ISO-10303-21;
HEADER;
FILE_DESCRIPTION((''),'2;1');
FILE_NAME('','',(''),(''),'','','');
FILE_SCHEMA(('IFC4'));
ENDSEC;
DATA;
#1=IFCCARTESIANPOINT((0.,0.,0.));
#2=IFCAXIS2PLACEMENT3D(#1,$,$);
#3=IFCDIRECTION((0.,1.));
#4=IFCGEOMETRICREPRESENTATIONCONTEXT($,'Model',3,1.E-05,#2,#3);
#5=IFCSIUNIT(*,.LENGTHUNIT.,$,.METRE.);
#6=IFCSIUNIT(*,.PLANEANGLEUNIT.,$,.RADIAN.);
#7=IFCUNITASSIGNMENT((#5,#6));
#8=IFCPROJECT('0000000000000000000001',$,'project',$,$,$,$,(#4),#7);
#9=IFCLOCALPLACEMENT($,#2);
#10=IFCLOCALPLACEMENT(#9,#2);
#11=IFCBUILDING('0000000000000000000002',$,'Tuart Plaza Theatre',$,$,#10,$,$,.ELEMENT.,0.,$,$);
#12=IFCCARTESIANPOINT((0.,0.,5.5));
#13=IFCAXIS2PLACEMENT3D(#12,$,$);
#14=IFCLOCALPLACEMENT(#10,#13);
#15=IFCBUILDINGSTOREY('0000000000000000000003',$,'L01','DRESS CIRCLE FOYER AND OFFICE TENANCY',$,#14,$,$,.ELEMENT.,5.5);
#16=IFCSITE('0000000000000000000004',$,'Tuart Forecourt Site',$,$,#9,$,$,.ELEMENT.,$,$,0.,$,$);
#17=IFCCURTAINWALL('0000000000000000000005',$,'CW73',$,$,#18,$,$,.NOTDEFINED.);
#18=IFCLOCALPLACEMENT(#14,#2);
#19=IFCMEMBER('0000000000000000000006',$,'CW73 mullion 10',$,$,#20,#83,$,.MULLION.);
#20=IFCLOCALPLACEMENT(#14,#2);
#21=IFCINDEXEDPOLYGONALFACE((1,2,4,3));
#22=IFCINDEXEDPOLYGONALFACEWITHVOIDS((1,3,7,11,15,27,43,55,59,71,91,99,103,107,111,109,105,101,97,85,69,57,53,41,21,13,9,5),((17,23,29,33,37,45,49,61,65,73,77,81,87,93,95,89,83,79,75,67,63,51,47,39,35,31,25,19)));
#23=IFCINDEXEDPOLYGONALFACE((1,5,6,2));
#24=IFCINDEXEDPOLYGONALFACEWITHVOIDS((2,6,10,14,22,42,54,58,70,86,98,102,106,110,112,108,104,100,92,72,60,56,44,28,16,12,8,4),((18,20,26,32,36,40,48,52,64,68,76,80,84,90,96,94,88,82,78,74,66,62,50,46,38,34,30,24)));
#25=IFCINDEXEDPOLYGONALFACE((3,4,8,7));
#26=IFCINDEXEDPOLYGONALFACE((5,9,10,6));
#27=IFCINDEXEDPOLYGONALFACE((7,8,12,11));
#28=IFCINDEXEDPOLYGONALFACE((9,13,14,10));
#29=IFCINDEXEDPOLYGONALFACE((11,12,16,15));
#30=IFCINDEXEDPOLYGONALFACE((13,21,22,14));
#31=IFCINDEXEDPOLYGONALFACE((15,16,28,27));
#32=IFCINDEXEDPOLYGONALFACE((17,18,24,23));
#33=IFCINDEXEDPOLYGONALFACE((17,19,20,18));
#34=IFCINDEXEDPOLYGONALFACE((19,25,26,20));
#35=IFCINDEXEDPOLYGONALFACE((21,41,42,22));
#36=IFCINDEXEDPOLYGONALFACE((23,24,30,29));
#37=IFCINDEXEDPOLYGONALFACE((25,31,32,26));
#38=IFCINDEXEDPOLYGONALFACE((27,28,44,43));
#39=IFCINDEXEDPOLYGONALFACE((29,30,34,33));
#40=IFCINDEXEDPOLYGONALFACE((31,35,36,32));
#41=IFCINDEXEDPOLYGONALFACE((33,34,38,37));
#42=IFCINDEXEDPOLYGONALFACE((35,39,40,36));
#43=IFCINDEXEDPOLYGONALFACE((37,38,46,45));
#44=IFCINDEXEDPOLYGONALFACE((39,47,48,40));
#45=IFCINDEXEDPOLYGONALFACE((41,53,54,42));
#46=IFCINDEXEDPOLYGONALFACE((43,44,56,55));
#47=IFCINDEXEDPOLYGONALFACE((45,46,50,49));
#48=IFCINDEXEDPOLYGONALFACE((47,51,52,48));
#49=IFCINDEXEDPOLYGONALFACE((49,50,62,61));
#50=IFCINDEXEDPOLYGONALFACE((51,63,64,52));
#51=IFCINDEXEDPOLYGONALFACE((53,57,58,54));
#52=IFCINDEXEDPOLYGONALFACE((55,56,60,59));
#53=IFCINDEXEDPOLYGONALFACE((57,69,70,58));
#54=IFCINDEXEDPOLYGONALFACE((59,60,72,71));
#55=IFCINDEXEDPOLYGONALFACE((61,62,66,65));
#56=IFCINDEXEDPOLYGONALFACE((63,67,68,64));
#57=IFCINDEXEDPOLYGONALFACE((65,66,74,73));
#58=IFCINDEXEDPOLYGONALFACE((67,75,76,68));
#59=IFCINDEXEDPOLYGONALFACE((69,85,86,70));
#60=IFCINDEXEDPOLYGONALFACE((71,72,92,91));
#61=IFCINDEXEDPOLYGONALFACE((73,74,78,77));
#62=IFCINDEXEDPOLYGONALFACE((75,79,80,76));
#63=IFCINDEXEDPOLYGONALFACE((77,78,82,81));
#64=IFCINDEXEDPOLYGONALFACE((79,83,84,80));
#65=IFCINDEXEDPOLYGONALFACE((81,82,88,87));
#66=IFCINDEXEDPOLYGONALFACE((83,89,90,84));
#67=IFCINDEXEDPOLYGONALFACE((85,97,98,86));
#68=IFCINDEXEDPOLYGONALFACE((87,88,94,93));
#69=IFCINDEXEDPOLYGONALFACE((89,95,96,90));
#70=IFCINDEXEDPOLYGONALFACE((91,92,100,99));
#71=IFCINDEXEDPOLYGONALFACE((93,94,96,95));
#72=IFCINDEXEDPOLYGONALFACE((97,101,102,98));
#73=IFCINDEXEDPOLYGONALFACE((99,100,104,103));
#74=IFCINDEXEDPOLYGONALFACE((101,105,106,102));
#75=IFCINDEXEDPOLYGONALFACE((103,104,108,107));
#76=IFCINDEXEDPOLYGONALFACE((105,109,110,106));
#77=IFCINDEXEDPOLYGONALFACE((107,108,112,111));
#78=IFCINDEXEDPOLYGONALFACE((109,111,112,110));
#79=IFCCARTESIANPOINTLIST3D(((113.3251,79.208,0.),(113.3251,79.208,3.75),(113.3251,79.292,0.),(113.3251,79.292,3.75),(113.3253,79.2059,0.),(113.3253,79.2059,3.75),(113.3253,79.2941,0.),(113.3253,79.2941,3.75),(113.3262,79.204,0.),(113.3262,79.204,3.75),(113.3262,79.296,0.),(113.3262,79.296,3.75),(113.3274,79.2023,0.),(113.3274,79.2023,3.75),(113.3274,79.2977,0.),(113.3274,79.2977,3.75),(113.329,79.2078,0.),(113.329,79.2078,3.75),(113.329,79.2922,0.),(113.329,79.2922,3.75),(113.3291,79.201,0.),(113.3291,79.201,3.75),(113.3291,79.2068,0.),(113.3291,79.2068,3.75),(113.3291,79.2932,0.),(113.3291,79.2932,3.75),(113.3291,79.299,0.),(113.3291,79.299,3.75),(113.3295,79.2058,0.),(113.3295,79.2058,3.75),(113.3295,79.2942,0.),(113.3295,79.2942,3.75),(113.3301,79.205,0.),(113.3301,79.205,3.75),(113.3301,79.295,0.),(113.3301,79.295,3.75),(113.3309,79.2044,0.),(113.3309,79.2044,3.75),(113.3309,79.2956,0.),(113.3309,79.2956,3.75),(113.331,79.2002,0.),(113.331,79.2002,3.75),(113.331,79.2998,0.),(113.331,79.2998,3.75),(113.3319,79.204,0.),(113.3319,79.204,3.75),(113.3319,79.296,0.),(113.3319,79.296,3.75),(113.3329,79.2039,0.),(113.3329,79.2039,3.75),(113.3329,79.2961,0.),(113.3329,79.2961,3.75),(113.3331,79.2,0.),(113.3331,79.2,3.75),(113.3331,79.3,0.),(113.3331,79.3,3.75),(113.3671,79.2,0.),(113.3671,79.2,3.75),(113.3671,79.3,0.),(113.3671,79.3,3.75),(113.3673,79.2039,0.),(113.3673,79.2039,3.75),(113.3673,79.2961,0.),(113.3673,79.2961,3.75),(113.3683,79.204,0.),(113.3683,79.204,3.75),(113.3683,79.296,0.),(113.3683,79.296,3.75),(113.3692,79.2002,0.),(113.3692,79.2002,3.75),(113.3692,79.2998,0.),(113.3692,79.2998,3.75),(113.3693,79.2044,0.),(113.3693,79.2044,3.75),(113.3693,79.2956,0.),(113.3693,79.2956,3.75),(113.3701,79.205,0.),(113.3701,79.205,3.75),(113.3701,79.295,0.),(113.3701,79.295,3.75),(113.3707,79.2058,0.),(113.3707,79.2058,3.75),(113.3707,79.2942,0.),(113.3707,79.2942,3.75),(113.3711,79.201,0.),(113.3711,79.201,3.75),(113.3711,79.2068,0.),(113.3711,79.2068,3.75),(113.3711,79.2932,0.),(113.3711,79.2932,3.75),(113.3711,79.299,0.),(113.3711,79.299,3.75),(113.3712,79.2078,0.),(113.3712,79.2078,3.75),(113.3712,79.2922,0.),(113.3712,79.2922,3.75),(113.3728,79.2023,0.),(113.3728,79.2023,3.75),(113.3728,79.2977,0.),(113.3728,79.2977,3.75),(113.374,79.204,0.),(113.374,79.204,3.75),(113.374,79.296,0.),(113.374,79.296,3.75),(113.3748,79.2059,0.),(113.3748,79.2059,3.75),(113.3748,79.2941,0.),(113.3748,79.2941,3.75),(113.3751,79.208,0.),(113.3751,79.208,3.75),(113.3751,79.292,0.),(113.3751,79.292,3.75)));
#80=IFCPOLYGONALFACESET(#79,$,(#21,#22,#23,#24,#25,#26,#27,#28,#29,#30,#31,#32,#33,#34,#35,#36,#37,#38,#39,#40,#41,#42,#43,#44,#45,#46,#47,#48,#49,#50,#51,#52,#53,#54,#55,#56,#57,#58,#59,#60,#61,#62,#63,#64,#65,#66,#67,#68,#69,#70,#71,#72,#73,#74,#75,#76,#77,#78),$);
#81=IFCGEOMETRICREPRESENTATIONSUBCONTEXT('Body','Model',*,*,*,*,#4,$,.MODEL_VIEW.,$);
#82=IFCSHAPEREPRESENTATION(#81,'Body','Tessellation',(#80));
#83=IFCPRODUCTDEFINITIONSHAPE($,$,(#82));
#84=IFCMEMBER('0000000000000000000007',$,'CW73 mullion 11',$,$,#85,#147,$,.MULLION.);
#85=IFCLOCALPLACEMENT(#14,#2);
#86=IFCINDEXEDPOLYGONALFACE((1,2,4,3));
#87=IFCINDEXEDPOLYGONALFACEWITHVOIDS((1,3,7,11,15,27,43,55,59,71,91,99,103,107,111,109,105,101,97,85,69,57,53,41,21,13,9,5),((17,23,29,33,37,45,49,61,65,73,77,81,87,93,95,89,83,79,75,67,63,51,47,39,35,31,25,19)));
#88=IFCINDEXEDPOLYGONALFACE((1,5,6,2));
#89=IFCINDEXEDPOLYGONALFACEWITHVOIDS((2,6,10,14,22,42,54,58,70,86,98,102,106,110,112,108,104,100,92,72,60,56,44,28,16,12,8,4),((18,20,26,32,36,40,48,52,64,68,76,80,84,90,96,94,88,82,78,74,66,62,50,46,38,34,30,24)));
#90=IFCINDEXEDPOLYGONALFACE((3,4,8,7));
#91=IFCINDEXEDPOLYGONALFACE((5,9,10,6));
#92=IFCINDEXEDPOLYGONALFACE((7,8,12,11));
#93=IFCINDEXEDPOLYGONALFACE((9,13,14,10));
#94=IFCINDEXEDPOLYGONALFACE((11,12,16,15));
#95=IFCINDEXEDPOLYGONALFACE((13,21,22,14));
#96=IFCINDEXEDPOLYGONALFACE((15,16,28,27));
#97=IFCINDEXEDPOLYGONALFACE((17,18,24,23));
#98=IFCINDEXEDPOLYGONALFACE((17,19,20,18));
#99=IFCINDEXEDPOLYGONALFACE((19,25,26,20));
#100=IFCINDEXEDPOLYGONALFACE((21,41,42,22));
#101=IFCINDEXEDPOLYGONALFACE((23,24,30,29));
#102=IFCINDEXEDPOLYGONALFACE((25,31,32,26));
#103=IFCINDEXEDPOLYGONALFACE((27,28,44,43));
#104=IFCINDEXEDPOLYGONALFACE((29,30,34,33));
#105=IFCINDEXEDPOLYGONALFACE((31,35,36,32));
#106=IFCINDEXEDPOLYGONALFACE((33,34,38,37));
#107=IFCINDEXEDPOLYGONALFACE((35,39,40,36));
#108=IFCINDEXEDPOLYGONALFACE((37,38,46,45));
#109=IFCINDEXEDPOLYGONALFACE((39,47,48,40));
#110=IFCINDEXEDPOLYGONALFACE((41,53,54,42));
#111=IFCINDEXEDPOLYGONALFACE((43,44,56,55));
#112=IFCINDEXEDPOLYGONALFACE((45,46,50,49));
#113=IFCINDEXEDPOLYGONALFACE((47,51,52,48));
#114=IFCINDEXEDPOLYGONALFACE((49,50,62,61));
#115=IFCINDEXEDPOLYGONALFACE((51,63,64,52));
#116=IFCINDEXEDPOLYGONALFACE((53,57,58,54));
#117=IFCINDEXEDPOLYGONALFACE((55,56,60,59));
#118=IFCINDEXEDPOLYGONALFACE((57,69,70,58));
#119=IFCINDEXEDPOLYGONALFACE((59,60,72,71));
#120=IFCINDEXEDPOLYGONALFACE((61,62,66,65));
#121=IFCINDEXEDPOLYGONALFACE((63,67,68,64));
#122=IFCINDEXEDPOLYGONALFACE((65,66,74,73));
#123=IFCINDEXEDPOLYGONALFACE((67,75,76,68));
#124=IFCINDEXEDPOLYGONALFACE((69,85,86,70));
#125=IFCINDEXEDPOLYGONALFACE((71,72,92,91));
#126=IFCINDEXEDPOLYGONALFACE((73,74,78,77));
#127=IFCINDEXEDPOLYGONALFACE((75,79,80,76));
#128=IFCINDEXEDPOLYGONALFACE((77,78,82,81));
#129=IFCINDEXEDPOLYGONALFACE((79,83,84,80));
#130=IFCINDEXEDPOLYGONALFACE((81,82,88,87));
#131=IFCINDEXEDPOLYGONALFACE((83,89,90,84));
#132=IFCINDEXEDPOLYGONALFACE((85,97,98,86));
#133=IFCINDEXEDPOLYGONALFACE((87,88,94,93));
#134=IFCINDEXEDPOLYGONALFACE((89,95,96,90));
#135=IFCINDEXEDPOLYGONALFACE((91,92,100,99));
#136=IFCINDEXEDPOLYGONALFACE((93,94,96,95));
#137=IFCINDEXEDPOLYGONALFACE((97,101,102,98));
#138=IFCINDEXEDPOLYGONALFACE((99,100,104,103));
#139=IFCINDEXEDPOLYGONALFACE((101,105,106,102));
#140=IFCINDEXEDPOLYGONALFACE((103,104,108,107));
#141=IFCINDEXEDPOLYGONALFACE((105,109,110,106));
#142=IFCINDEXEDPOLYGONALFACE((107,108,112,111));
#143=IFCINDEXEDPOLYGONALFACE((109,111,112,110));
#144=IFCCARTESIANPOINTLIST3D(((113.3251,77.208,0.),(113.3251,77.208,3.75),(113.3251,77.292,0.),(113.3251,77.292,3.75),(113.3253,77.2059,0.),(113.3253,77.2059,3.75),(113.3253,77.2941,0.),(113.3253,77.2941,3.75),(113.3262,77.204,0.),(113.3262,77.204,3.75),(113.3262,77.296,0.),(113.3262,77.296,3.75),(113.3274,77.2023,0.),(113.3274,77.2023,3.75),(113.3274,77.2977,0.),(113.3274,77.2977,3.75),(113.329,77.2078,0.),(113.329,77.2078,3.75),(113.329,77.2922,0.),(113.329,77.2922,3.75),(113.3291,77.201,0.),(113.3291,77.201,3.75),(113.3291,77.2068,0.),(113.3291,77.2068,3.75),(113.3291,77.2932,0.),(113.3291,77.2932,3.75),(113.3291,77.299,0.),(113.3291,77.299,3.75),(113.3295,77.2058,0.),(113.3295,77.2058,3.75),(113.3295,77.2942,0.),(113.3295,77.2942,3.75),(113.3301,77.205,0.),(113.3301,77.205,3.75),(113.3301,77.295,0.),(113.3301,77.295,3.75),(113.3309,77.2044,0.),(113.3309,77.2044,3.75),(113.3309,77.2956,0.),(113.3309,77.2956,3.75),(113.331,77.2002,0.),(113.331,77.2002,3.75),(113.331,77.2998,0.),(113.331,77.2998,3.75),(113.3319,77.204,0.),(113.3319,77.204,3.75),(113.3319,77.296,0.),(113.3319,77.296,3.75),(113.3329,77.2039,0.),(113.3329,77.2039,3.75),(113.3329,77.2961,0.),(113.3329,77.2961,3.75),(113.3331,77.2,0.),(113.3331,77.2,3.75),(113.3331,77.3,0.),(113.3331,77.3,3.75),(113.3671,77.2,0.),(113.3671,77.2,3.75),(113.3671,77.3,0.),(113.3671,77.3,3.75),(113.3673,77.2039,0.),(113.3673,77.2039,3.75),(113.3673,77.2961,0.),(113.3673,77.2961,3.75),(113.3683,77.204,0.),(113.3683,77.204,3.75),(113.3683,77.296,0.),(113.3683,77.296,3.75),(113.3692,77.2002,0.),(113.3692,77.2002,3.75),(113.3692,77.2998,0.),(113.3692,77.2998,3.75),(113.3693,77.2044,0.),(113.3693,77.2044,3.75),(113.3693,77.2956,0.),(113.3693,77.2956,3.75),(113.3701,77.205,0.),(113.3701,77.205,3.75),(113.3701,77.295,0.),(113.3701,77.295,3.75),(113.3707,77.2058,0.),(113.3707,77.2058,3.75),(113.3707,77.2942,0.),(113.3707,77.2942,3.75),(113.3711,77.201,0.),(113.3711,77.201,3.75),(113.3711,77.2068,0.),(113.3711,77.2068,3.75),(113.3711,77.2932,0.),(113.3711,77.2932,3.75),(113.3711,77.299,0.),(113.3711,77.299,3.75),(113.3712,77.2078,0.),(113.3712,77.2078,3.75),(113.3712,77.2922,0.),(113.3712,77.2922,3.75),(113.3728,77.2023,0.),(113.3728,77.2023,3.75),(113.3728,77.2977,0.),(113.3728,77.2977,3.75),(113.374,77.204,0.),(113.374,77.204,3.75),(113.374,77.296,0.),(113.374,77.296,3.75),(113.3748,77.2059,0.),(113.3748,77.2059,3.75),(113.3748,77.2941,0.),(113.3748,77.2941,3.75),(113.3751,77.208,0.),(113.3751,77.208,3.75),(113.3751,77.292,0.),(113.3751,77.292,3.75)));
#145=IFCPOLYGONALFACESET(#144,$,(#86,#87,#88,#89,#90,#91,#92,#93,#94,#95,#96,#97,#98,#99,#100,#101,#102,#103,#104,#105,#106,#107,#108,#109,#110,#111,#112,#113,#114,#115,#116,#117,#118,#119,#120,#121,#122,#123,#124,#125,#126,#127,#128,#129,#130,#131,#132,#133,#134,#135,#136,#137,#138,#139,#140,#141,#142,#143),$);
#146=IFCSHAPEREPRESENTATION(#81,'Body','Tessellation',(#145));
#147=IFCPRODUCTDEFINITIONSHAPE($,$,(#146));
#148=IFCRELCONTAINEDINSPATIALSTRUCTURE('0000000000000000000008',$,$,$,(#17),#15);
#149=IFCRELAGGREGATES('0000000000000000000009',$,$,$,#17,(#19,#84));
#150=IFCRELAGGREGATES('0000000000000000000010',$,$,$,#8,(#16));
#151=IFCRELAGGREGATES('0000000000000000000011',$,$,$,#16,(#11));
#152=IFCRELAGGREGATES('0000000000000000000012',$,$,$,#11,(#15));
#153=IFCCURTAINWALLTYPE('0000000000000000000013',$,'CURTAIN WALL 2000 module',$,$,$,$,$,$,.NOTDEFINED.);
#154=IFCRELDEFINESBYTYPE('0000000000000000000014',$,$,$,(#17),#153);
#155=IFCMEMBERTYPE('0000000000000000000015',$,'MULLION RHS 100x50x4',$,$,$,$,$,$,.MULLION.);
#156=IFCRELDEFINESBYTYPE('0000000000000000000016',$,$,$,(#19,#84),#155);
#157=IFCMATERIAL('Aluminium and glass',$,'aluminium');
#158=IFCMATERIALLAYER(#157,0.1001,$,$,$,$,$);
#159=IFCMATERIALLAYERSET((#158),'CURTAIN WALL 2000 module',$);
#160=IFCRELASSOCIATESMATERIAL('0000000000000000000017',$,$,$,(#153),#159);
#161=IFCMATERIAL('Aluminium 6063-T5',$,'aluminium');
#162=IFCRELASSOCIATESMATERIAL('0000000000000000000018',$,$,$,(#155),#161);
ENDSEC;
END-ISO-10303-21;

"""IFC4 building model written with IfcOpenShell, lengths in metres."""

from ifc_helpers import new_model, si_unit, direction, frame, origin, origin_2d, place, context, subcontext, project, spatial, hollow_rectangle, extrude, material, layer, layer_set, material_profile, profile_set, type_object, element, aggregate, save


model = new_model("IFC4")

# Units and contexts
model_context = context("Model", 3, precision=1e-05, world=origin(), true_north=direction((0.0, 1.0)))
body_context = subcontext(model_context, "Body", "Model", "MODEL_VIEW")
ifc_project = project(units=[si_unit("LENGTHUNIT", "METRE"), si_unit("PLANEANGLEUNIT", "RADIAN")], contexts=[model_context])

# Site, building, storey
site_placement = place(None, origin())
site = spatial("IfcSite", under=ifc_project, at=site_placement, Name="Tuart Forecourt Site", CompositionType="ELEMENT", RefElevation=0.0)
building_placement = place(site_placement, origin())
building = spatial("IfcBuilding", under=site, at=building_placement, Name="Tuart Plaza Theatre", CompositionType="ELEMENT", ElevationOfRefHeight=0.0)
storey_placement = place(building_placement, frame((0.0, 0.0, 5.5)))
storey = spatial("IfcBuildingStorey", under=building, at=storey_placement, Name="L01", Description="DRESS CIRCLE FOYER AND OFFICE TENANCY", CompositionType="ELEMENT", Elevation=5.5)

# Curtain wall, members
ifc_material_1 = material(Name="Aluminium and glass", Category="aluminium")
ifc_layer_1 = layer(ifc_material_1, 0.1001)
ifc_layer_set_1 = layer_set([ifc_layer_1], Name="CURTAIN WALL 2000 module")
curtain_wall_type = type_object("IfcCurtainWallType", Name="CURTAIN WALL 2000 module", PredefinedType="NOTDEFINED", material=ifc_layer_set_1)
curtain_wall_placement = place(storey_placement, origin())
curtain_wall = element("IfcCurtainWall", 1, at=curtain_wall_placement, inside=storey, type_object=curtain_wall_type, Name="CW73", PredefinedType="NOTDEFINED")
ifc_material_2 = material(Name="Aluminium 6063-T5", Category="aluminium")
ifc_material_profile_1 = material_profile(ifc_material_2, hollow_rectangle(XDim=0.05, YDim=0.1001, WallThickness=0.0039, InnerFilletRadius=0.0039, OuterFilletRadius=0.0081, at=origin_2d()), Name="RHS 100x50x4")
ifc_profile_set_1 = profile_set([ifc_material_profile_1], Name="Aluminium 6063-T5")
member_type_1 = type_object("IfcMemberType", Name="MULLION RHS 100x50x4", PredefinedType="MULLION", material=ifc_profile_set_1)
member_1_placement = place(storey_placement, frame((113.3501, 79.25, 0.0), z_axis=(0.0, 0.0, 1.0), x_axis=(1.0, 0.0, 0.0)))
member_1 = element("IfcMember", 2, at=member_1_placement, type_object=member_type_1, Name="CW73 mullion 10", PredefinedType="MULLION", context=body_context, shape_type="SweptSolid", body=[
    extrude(hollow_rectangle(XDim=0.05, YDim=0.1001, WallThickness=0.0039, InnerFilletRadius=0.0039, OuterFilletRadius=0.0081, at=origin_2d()), origin(), (0.0, 0.0, 1.0), 3.75),
])
member_2_placement = place(storey_placement, frame((113.3501, 77.25, 0.0), z_axis=(0.0, 0.0, 1.0), x_axis=(1.0, 0.0, 0.0)))
member_2 = element("IfcMember", 3, at=member_2_placement, type_object=member_type_1, Name="CW73 mullion 11", PredefinedType="MULLION", context=body_context, shape_type="SweptSolid", body=[
    extrude(hollow_rectangle(XDim=0.05, YDim=0.1001, WallThickness=0.0039, InnerFilletRadius=0.0039, OuterFilletRadius=0.0081, at=origin_2d()), origin(), (0.0, 0.0, 1.0), 3.75),
])
aggregate(curtain_wall, [member_1, member_2])

save(model, "model.ifc")
